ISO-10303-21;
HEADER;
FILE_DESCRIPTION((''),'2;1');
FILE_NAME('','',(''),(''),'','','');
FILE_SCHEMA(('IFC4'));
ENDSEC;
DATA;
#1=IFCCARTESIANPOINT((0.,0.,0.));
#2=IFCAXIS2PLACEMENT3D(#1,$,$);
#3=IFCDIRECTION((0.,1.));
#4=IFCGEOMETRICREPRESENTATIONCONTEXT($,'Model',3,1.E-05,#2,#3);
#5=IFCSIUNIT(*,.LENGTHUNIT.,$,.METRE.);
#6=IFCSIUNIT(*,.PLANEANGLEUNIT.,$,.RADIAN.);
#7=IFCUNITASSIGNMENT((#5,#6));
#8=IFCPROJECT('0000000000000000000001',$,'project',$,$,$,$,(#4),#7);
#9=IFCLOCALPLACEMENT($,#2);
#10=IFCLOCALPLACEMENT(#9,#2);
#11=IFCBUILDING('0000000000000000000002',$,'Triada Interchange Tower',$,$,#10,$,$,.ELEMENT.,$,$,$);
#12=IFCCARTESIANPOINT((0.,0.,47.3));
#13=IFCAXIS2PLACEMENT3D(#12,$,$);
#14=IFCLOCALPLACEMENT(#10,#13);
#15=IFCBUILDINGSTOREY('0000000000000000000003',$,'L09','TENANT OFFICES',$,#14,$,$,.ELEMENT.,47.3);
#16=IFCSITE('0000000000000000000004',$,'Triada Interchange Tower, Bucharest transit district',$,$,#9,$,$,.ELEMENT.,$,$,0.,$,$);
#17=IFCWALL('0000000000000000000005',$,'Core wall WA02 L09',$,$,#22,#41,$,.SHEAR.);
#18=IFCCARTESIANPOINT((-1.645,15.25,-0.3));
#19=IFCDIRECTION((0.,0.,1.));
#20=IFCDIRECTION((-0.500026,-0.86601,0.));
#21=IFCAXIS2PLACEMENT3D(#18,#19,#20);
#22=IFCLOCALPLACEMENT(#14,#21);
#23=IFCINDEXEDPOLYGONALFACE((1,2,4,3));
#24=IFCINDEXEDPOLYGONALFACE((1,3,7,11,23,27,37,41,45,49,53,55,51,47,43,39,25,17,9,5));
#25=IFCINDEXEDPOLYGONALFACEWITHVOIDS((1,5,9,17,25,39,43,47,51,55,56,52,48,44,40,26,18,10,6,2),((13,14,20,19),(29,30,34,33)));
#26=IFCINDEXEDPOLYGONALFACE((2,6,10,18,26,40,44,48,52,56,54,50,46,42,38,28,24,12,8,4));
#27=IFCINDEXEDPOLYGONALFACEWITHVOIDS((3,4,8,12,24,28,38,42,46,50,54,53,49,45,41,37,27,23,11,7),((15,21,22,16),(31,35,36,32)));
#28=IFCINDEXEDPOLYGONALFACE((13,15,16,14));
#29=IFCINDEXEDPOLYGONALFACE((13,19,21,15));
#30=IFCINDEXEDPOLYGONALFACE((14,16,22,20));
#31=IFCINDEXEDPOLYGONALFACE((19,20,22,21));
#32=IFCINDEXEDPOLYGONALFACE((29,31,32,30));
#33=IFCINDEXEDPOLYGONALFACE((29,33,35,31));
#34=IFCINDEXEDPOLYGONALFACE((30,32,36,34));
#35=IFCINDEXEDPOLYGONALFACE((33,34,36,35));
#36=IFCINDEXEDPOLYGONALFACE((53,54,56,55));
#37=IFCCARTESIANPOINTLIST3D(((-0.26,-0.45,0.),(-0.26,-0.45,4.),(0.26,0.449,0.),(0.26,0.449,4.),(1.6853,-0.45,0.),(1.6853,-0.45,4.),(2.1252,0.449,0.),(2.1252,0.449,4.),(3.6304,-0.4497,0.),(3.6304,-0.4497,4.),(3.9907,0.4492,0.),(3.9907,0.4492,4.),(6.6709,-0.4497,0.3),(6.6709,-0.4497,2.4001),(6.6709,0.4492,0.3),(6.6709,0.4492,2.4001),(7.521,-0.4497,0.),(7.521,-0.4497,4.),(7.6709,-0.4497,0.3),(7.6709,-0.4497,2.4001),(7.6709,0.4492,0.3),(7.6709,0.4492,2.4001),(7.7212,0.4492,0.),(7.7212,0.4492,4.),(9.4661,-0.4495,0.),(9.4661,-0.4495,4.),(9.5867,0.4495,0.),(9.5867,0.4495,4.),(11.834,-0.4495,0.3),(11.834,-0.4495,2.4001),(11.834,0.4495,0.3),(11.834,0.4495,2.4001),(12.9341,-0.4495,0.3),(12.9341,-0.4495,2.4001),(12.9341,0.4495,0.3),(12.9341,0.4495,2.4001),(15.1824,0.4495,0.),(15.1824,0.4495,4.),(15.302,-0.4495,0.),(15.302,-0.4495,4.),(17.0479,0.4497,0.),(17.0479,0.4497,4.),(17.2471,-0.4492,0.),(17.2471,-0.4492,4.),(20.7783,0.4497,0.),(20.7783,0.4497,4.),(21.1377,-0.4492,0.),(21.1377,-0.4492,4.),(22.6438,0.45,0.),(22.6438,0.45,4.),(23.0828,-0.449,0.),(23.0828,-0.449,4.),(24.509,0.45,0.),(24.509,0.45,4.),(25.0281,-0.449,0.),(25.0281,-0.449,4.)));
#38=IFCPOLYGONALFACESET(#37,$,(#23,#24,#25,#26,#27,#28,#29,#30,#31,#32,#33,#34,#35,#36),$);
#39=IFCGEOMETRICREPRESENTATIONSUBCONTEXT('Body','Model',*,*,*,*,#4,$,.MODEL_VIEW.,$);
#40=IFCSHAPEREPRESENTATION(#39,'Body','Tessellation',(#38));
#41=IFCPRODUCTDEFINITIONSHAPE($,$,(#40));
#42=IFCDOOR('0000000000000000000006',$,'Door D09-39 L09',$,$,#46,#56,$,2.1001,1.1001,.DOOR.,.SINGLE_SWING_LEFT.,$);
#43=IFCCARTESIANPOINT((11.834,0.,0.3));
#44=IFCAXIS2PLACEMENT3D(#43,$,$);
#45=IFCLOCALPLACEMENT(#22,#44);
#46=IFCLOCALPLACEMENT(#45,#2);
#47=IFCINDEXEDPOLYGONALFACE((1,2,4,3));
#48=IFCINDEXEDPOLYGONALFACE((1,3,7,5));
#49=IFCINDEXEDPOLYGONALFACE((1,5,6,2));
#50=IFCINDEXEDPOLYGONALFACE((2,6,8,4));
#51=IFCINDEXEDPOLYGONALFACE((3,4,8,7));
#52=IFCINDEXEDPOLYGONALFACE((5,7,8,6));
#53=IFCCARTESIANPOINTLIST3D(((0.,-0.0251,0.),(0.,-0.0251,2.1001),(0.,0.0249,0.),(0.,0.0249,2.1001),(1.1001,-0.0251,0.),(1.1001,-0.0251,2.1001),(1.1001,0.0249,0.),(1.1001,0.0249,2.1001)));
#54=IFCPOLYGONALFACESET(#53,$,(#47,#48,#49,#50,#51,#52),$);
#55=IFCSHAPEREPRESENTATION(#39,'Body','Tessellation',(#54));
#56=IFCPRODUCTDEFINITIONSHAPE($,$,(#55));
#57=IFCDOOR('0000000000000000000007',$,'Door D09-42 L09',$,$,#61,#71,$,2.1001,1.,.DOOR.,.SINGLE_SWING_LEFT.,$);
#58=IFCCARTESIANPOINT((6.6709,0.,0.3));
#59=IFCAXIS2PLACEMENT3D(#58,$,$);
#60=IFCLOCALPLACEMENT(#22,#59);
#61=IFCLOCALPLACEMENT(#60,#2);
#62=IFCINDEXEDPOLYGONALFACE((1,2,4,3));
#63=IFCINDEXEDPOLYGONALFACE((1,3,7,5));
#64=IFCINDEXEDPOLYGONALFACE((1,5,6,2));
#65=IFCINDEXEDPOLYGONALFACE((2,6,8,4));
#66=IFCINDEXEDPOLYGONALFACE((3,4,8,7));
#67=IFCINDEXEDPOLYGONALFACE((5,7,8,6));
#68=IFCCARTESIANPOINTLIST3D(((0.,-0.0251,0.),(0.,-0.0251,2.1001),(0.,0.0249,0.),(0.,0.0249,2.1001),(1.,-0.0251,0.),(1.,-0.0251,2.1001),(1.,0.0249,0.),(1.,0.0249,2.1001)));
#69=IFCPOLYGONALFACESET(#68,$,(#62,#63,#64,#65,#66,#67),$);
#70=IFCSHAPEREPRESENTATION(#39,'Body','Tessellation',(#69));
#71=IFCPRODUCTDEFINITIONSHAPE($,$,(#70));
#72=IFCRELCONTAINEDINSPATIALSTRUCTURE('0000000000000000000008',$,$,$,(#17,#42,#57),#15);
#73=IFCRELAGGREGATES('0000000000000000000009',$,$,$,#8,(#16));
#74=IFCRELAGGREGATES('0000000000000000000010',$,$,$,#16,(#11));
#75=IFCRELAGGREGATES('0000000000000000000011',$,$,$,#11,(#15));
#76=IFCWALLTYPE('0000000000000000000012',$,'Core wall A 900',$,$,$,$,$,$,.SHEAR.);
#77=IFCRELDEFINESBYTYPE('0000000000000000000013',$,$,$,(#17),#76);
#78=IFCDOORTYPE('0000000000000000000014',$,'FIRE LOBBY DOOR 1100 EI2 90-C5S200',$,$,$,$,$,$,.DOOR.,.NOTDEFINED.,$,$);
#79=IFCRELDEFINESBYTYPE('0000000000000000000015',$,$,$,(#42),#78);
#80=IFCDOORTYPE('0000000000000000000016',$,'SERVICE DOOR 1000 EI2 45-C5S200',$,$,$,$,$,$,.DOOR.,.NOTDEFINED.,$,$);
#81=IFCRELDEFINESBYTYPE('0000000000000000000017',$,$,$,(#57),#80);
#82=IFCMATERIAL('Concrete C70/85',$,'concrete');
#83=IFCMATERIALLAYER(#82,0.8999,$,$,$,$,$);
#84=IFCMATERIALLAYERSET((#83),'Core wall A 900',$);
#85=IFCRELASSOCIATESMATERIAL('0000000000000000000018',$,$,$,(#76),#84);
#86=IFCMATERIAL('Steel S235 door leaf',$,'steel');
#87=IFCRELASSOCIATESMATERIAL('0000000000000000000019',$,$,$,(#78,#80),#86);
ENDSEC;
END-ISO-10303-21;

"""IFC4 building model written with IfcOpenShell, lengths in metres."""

from ifc_helpers import new_model, si_unit, direction, frame, frame_2d, origin, place, context, subcontext, project, spatial, polyline, rectangle, outline, extrude, material, layer, layer_set, type_object, element, fill, save


model = new_model("IFC4")

# Units and contexts
model_context = context("Model", 3, precision=1e-05, world=origin(), true_north=direction((0.0, 1.0)))
body_context = subcontext(model_context, "Body", "Model", "MODEL_VIEW")
ifc_project = project(units=[si_unit("LENGTHUNIT", "METRE"), si_unit("PLANEANGLEUNIT", "RADIAN")], contexts=[model_context])

# Site, building, storey
site_placement = place(None, origin())
site = spatial("IfcSite", under=ifc_project, at=site_placement, Name="Triada Interchange Tower, Bucharest transit district", CompositionType="ELEMENT", RefElevation=0.0)
building_placement = place(site_placement, origin())
building = spatial("IfcBuilding", under=site, at=building_placement, Name="Triada Interchange Tower", CompositionType="ELEMENT")
storey_placement = place(building_placement, frame((0.0, 0.0, 47.3)))
storey = spatial("IfcBuildingStorey", under=building, at=storey_placement, Name="L09", Description="TENANT OFFICES", CompositionType="ELEMENT", Elevation=47.3)

# Shared definitions
ifc_material_1 = material(Name="Concrete C70/85", Category="concrete")

# Wall, openings, doors
ifc_layer_1 = layer(ifc_material_1, 0.8999)
ifc_layer_set_1 = layer_set([ifc_layer_1], Name="Core wall A 900")
wall_type_1 = type_object("IfcWallType", Name="Core wall A 900", PredefinedType="SHEAR", material=ifc_layer_set_1)
wall_1_placement = place(storey_placement, frame((-1.645, 15.25, -0.3), z_axis=(0.0, 0.0, 1.0), x_axis=(-0.500026, -0.86601, 0.0)))
wall_1 = element("IfcWall", 1, at=wall_1_placement, inside=storey, type_object=wall_type_1, Name="Core wall WA02 L09", PredefinedType="SHEAR", context=body_context, shape_type="SweptSolid", body=[
    extrude(outline(polyline([(-0.26, -0.45), (1.6853, -0.45), (3.6304, -0.4497), (5.5757, -0.4497), (7.521, -0.4497), (9.4661, -0.4495), (11.4114, -0.4495), (13.3567, -0.4495), (15.302, -0.4495), (17.2471, -0.4492), (19.1924, -0.4492), (21.1377, -0.4492), (23.0828, -0.449), (25.0281, -0.449), (24.509, 0.45), (22.6438, 0.45), (20.7783, 0.4497), (18.9131, 0.4497), (17.0479, 0.4497), (15.1824, 0.4495), (13.3171, 0.4495), (11.4519, 0.4495), (9.5867, 0.4495), (7.7212, 0.4492), (5.856, 0.4492), (3.9907, 0.4492), (2.1252, 0.449), (0.26, 0.449), (-0.26, -0.45)])), origin(), (0.0, 0.0, 1.0), 4.0),
])
opening_1_placement = place(wall_1_placement, frame((11.834, 0.0, 0.3)))
opening_1 = element("IfcOpeningElement", 2, at=opening_1_placement, cuts=wall_1, PredefinedType="OPENING", context=body_context, shape_type="SweptSolid", body=[
    extrude(rectangle(XDim=1.1001, YDim=2.1001, at=frame_2d((0.55, 1.05))), frame((0.0, 0.46, 0.0), z_axis=(0.0, -1.0, 0.0), x_axis=(1.0, 0.0, 0.0)), (0.0, 0.0, 1.0), 0.9199),
])
opening_2_placement = place(wall_1_placement, frame((6.6709, 0.0, 0.3)))
opening_2 = element("IfcOpeningElement", 3, at=opening_2_placement, cuts=wall_1, PredefinedType="OPENING", context=body_context, shape_type="SweptSolid", body=[
    extrude(rectangle(XDim=1.0, YDim=2.1001, at=frame_2d((0.5, 1.05))), frame((0.0, 0.46, 0.0), z_axis=(0.0, -1.0, 0.0), x_axis=(1.0, 0.0, 0.0)), (0.0, 0.0, 1.0), 0.9199),
])
ifc_material_2 = material(Name="Steel S235 door leaf", Category="steel")
door_type_1 = type_object("IfcDoorType", Name="FIRE LOBBY DOOR 1100 EI2 90-C5S200", OperationType="NOTDEFINED", PredefinedType="DOOR", material=ifc_material_2)
door_1_placement = place(opening_1_placement, origin())
door_1 = element("IfcDoor", 4, at=door_1_placement, inside=storey, type_object=door_type_1, Name="Door D09-39 L09", OperationType="SINGLE_SWING_LEFT", OverallHeight=2.1001, OverallWidth=1.1001, PredefinedType="DOOR", context=body_context, shape_type="SweptSolid", body=[
    extrude(rectangle(XDim=1.1001, YDim=2.1001, at=frame_2d((0.55, 1.05))), frame((0.0, 0.0249, 0.0), z_axis=(0.0, -1.0, 0.0), x_axis=(1.0, 0.0, 0.0)), (0.0, 0.0, 1.0), 0.05),
])
fill(opening_1, door_1)
door_type_2 = type_object("IfcDoorType", Name="SERVICE DOOR 1000 EI2 45-C5S200", OperationType="NOTDEFINED", PredefinedType="DOOR", material=ifc_material_2)
door_2_placement = place(opening_2_placement, origin())
door_2 = element("IfcDoor", 5, at=door_2_placement, inside=storey, type_object=door_type_2, Name="Door D09-42 L09", OperationType="SINGLE_SWING_LEFT", OverallHeight=2.1001, OverallWidth=1.0, PredefinedType="DOOR", context=body_context, shape_type="SweptSolid", body=[
    extrude(rectangle(XDim=1.0, YDim=2.1001, at=frame_2d((0.5, 1.05))), frame((0.0, 0.0249, 0.0), z_axis=(0.0, -1.0, 0.0), x_axis=(1.0, 0.0, 0.0)), (0.0, 0.0, 1.0), 0.05),
])
fill(opening_2, door_2)

save(model, "model.ifc")
